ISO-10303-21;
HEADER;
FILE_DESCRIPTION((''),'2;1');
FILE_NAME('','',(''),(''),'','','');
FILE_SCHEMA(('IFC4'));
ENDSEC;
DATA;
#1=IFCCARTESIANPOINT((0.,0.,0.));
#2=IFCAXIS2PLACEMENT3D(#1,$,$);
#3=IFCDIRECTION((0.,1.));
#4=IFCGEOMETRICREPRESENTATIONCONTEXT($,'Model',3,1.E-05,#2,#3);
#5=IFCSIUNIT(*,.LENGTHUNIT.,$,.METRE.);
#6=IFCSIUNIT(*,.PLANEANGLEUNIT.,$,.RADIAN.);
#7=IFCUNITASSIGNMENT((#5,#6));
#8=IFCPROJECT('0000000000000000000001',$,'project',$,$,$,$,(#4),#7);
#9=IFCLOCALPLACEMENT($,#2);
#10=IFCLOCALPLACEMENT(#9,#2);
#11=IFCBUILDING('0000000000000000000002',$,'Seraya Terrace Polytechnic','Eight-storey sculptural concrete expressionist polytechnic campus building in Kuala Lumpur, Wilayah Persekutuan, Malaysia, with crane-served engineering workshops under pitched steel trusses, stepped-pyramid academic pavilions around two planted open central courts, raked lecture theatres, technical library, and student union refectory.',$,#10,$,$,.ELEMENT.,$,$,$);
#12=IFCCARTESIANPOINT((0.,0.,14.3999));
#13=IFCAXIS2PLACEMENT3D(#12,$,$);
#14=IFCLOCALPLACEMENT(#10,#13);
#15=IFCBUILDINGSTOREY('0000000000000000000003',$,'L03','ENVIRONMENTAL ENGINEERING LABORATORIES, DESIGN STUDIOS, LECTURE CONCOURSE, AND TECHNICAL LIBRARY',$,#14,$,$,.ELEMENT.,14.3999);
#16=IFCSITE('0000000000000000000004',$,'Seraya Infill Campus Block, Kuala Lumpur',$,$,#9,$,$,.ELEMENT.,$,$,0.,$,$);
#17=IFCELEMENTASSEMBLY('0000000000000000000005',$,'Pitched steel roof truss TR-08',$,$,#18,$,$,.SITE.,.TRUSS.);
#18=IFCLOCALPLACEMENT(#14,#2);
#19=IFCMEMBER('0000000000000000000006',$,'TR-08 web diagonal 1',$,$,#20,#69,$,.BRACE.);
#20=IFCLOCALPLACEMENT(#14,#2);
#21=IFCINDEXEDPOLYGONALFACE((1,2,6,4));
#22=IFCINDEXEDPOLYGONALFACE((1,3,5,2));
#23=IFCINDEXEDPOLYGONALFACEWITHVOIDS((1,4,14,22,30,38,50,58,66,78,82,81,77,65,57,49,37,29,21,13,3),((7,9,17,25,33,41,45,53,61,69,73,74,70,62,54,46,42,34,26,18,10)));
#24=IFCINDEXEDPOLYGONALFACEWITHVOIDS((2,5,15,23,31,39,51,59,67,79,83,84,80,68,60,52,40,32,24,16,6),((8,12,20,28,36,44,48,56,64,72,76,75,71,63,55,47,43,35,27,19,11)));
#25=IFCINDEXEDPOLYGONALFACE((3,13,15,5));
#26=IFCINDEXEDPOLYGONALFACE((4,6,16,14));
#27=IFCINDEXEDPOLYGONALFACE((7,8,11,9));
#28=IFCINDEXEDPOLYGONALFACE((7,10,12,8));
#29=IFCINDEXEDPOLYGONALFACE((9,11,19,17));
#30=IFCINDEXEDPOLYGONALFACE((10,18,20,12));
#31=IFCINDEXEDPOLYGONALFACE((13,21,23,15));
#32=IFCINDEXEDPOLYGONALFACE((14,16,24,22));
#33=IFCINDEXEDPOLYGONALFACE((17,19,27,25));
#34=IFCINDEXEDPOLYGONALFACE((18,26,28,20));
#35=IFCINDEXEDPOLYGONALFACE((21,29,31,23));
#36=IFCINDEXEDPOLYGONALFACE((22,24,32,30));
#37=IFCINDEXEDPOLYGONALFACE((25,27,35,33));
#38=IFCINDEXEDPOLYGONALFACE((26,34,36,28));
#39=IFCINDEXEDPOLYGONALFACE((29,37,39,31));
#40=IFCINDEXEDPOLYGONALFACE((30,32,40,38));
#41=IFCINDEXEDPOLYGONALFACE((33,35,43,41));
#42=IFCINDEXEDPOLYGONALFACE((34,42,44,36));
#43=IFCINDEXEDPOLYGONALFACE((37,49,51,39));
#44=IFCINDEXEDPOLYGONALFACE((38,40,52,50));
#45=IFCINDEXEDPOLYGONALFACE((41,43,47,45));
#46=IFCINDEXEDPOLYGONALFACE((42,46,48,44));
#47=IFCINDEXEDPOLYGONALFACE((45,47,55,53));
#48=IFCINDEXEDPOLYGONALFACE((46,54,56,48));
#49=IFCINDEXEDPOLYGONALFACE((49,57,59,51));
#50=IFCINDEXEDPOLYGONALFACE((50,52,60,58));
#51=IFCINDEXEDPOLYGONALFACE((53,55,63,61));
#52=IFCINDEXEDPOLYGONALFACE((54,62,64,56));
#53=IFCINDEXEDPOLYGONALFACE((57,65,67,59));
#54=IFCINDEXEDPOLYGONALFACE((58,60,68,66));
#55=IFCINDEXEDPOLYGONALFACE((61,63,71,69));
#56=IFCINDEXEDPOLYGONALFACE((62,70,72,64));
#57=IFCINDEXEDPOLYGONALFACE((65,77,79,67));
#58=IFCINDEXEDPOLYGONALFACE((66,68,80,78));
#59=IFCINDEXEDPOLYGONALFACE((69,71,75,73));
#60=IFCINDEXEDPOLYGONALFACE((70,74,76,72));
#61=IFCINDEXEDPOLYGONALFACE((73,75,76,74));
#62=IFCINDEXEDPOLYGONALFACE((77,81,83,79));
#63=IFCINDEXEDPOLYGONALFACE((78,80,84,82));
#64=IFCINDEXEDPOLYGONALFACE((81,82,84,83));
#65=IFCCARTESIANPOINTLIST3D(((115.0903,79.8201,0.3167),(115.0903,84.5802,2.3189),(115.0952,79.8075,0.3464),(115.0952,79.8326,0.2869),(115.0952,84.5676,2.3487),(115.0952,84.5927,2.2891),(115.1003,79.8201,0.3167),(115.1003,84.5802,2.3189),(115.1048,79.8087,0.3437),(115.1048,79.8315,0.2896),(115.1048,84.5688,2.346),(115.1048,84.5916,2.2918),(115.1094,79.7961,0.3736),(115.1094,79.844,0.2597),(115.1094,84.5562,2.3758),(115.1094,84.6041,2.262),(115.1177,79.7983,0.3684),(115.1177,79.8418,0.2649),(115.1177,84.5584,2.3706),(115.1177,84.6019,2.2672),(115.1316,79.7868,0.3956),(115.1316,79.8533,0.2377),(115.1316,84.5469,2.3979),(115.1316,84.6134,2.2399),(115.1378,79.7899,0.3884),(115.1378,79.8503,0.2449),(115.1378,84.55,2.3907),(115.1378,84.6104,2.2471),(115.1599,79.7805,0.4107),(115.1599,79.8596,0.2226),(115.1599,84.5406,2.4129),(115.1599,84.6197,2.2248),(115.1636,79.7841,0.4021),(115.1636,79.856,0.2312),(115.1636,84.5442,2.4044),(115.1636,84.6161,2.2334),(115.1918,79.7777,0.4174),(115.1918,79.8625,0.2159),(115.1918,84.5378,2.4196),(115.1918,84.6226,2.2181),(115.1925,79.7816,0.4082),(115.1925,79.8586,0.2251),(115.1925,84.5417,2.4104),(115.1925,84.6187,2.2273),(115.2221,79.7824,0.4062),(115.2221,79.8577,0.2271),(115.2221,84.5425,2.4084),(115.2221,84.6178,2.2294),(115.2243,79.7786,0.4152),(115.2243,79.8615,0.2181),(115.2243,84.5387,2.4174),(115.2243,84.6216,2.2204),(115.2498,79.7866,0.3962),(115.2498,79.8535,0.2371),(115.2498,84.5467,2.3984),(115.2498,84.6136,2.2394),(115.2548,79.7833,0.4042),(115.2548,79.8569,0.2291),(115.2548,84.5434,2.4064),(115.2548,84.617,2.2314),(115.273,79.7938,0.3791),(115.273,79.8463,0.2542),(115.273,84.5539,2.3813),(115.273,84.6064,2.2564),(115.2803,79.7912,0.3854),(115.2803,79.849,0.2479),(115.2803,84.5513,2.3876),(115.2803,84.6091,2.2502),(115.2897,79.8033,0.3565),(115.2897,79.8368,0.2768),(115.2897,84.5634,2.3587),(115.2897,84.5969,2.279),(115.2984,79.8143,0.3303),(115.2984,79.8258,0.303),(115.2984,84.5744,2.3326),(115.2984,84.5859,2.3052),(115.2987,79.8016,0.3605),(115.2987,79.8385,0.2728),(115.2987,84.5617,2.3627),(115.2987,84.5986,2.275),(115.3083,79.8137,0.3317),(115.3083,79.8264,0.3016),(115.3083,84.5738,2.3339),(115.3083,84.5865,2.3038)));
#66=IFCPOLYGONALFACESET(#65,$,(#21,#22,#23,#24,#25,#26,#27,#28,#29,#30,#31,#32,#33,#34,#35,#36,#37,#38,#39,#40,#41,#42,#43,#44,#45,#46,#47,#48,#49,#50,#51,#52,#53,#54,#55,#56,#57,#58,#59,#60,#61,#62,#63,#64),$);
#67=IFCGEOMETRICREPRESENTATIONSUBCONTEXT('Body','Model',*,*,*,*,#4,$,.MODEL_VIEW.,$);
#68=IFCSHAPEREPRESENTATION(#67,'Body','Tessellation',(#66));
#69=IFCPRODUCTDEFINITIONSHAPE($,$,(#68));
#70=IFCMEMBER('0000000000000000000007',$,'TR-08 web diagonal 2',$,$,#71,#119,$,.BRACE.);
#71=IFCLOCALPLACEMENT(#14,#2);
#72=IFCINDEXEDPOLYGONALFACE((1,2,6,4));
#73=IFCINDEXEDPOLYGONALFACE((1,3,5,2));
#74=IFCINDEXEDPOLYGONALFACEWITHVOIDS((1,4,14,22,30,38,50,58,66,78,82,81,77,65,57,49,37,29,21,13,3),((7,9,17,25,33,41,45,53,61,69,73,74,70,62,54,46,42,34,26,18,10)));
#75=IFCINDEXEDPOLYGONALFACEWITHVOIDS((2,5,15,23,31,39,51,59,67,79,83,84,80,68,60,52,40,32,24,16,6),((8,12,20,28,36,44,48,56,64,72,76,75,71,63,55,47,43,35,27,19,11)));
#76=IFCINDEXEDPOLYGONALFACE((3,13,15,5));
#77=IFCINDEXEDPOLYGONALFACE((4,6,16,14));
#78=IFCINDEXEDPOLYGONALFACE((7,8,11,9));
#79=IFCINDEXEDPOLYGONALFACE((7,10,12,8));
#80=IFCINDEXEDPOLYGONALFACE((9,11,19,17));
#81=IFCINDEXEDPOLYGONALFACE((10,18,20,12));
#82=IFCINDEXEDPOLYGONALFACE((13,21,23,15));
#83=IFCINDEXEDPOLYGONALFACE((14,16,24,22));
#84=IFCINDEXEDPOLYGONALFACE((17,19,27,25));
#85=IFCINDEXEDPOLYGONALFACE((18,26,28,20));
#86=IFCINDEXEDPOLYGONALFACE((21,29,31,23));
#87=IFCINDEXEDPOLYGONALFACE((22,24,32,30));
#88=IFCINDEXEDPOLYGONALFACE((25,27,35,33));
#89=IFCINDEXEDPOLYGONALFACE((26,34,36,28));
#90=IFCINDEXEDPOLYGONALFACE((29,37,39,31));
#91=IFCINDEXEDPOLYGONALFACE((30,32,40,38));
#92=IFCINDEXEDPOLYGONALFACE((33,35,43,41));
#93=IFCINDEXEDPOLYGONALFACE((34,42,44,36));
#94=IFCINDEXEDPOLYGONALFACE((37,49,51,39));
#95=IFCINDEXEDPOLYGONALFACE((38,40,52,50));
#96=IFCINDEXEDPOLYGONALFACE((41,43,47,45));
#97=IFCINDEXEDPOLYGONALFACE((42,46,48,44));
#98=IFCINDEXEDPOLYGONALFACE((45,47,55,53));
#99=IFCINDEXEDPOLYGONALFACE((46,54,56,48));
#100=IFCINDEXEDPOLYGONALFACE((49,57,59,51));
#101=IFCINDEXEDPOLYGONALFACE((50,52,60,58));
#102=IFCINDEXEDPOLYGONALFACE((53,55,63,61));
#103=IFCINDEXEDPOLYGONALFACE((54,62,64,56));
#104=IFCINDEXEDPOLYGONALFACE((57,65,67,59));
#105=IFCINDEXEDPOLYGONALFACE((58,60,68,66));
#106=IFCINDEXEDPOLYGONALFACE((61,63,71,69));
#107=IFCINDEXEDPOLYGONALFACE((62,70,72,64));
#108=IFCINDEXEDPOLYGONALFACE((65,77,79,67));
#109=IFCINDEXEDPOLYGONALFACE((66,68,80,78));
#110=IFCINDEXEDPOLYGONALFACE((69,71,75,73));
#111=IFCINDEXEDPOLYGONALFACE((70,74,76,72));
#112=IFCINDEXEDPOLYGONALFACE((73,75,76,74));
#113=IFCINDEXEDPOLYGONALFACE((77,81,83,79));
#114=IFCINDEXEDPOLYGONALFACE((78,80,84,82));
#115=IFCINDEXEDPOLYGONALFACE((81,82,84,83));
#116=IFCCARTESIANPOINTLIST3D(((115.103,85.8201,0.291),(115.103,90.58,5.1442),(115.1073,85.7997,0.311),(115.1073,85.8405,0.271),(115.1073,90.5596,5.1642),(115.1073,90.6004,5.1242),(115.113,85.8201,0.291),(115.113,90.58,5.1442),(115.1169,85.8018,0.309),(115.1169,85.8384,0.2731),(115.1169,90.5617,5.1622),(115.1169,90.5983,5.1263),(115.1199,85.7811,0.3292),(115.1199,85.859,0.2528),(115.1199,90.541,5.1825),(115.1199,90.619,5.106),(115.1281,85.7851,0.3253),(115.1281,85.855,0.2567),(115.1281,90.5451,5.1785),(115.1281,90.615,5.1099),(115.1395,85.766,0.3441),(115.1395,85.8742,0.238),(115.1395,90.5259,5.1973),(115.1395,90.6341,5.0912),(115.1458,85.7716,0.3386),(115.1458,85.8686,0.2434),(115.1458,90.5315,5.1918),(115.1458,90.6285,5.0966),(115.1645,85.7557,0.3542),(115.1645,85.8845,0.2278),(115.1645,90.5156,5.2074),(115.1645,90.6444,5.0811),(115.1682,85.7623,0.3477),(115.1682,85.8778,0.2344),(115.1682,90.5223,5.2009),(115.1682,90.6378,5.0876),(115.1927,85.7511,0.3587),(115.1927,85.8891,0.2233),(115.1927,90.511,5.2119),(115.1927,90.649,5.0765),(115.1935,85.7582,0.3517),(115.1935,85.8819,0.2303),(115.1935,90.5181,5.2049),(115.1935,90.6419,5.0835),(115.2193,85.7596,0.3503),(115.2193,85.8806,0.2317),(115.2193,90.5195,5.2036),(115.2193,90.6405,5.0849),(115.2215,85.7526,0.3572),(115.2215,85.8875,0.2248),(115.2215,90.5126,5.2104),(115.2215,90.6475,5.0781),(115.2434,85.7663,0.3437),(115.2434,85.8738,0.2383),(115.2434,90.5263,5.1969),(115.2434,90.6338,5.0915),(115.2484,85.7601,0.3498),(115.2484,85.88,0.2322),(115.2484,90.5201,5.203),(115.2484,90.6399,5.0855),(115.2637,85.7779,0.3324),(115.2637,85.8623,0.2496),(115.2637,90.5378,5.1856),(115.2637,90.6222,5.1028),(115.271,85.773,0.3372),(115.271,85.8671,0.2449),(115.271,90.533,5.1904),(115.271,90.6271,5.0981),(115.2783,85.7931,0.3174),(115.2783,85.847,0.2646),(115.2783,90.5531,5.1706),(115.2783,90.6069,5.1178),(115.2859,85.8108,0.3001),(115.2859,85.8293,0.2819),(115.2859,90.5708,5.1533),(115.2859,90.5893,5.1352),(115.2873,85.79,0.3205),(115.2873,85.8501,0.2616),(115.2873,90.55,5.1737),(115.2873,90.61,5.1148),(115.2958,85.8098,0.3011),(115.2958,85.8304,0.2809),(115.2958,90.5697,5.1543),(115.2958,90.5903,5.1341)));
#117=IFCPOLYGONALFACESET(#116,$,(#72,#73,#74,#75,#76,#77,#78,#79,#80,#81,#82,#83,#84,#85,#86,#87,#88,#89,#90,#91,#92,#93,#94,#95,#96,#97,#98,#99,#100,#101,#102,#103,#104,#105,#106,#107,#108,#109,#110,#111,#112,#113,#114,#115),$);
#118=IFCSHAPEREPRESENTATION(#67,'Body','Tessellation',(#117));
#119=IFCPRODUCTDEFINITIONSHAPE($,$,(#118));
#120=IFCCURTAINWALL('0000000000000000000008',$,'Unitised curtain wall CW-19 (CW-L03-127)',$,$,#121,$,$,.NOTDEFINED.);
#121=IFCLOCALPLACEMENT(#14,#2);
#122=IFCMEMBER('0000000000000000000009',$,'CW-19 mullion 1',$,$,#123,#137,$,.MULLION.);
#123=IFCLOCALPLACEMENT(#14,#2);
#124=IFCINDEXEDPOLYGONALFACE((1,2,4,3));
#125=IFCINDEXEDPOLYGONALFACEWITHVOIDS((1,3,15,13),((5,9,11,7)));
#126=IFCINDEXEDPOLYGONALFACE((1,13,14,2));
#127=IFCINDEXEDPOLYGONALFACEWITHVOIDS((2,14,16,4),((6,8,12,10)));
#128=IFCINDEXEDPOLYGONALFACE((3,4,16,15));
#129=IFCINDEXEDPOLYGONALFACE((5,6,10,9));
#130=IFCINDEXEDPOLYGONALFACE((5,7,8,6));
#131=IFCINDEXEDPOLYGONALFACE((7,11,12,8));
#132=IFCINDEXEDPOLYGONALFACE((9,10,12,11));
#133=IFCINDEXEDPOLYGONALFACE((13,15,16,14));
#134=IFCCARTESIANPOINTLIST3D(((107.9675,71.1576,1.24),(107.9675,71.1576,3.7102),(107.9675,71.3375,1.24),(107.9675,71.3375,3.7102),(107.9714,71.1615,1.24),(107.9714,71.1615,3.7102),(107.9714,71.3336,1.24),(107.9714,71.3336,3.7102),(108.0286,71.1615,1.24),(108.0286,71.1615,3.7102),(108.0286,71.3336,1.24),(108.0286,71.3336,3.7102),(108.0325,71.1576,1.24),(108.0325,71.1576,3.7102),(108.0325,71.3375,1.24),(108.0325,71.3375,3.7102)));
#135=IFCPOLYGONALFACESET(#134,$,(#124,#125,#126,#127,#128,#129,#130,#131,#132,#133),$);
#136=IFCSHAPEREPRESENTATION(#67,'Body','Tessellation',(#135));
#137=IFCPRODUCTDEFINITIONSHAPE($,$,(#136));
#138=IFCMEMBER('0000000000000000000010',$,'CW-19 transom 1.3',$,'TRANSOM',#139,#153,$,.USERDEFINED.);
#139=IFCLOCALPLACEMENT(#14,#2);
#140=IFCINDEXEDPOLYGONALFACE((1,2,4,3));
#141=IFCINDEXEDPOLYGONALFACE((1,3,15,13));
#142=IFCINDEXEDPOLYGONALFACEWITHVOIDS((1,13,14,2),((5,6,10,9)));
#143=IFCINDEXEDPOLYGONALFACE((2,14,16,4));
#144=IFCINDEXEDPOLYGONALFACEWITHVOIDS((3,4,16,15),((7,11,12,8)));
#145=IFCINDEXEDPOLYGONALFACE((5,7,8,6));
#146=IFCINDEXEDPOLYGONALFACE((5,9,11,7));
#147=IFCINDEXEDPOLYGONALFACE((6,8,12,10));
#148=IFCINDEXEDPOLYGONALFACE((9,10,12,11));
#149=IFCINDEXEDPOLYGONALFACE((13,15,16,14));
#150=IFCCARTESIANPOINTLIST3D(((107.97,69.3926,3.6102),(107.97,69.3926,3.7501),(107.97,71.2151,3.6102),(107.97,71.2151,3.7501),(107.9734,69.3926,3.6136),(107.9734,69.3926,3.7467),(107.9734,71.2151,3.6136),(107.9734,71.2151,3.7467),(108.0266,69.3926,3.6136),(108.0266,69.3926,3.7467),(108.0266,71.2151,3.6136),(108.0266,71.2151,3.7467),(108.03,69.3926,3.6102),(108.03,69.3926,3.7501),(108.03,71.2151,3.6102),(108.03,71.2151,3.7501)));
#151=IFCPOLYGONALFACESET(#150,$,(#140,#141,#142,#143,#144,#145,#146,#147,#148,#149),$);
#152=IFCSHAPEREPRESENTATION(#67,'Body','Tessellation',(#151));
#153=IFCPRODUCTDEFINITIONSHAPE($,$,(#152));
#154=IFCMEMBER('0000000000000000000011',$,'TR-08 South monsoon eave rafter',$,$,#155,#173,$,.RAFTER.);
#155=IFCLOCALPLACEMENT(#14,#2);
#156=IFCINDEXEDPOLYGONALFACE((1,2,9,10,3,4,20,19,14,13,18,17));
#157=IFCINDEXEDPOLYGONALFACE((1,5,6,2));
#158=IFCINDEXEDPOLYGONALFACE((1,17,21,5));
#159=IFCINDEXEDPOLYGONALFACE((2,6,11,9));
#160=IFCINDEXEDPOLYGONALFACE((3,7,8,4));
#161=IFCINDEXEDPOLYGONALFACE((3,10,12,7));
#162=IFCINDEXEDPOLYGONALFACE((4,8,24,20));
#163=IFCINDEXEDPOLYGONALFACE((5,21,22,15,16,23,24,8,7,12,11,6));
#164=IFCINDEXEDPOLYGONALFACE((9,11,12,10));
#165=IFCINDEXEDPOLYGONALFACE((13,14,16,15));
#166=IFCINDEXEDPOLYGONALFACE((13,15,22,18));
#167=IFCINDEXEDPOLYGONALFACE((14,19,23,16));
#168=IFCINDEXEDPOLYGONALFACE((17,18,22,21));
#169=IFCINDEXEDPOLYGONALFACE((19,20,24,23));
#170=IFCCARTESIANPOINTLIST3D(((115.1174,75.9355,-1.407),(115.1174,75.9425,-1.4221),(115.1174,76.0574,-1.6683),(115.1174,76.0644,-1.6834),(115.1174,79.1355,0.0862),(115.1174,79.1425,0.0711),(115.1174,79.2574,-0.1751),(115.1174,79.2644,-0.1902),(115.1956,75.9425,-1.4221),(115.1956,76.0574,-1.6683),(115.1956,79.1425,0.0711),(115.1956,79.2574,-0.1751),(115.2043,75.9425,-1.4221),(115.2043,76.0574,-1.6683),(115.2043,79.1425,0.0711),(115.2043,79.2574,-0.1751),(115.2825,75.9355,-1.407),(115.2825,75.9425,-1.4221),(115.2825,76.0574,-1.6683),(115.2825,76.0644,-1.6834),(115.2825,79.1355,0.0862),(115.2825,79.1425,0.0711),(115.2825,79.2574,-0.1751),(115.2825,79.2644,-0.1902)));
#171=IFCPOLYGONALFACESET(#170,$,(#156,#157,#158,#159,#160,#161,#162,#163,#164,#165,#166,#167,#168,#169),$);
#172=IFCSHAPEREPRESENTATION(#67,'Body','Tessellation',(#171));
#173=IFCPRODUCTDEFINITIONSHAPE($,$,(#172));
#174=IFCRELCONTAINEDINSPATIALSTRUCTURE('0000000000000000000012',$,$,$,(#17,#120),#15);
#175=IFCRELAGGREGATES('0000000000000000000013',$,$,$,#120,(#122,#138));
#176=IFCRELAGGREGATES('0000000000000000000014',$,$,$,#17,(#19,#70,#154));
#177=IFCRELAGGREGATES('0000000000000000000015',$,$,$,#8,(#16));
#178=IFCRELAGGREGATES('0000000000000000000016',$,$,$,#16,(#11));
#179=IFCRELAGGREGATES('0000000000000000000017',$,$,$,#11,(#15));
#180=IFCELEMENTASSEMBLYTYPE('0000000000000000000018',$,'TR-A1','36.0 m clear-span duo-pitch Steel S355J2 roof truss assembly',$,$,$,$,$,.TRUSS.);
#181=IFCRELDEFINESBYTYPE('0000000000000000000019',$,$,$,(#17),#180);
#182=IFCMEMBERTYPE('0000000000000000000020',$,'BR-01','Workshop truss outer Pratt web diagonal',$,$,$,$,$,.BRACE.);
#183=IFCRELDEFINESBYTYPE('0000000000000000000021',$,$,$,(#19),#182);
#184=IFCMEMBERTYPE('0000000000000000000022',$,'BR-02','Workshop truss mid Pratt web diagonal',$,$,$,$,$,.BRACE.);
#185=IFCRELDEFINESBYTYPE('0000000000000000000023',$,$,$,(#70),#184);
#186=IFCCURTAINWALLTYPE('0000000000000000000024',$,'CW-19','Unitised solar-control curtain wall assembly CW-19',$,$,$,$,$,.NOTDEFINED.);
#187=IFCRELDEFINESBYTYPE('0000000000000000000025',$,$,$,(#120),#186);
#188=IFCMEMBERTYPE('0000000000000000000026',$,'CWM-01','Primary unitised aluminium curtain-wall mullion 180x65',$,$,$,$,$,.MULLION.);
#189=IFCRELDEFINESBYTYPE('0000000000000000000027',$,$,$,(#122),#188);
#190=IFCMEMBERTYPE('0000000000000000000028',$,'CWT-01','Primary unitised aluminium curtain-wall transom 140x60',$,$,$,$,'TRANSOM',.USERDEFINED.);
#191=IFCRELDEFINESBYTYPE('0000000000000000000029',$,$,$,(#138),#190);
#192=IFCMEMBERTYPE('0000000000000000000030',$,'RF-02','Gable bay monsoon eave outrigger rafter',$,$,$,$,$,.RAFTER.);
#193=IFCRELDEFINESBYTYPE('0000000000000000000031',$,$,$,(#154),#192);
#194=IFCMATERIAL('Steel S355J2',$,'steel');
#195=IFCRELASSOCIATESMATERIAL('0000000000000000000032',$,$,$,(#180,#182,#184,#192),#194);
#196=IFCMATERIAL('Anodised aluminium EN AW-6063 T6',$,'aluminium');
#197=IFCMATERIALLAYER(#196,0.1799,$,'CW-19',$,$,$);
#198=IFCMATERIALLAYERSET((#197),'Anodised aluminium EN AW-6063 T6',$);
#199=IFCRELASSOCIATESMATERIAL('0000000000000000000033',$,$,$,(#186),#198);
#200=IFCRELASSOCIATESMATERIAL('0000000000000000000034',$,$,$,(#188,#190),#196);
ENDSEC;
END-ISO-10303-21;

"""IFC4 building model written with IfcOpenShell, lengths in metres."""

from ifc_helpers import new_model, si_unit, direction, frame, origin, origin_2d, place, context, subcontext, project, spatial, hollow_rectangle, hollow_circle, i_section, extrude, material, layer, layer_set, material_profile, profile_set, type_object, element, aggregate, save


model = new_model("IFC4")

# Units and contexts
model_context = context("Model", 3, precision=1e-05, world=origin(), true_north=direction((0.0, 1.0)))
body_context = subcontext(model_context, "Body", "Model", "MODEL_VIEW")
ifc_project = project(units=[si_unit("LENGTHUNIT", "METRE"), si_unit("PLANEANGLEUNIT", "RADIAN")], contexts=[model_context])

# Site, building, storey
site_placement = place(None, origin())
site = spatial("IfcSite", under=ifc_project, at=site_placement, Name="Seraya Infill Campus Block, Kuala Lumpur", CompositionType="ELEMENT", RefElevation=0.0)
building_placement = place(site_placement, origin())
building = spatial("IfcBuilding", under=site, at=building_placement, Name="Seraya Terrace Polytechnic", Description="Eight-storey sculptural concrete expressionist polytechnic campus building in Kuala Lumpur, Wilayah Persekutuan, Malaysia, with crane-served engineering workshops under pitched steel trusses, stepped-pyramid academic pavilions around two planted open central courts, raked lecture theatres, technical library, and student union refectory.", CompositionType="ELEMENT")
storey_placement = place(building_placement, frame((0.0, 0.0, 14.3999)))
storey = spatial("IfcBuildingStorey", under=building, at=storey_placement, Name="L03", Description="ENVIRONMENTAL ENGINEERING LABORATORIES, DESIGN STUDIOS, LECTURE CONCOURSE, AND TECHNICAL LIBRARY", CompositionType="ELEMENT", Elevation=14.3999)

# Element assembly
ifc_material_1 = material(Name="Steel S355J2", Category="steel")
element_assembly_type = type_object("IfcElementAssemblyType", Name="TR-A1", Description="36.0 m clear-span duo-pitch Steel S355J2 roof truss assembly", PredefinedType="TRUSS", material=ifc_material_1)
assembly_placement = place(storey_placement, origin())
assembly = element("IfcElementAssembly", 1, at=assembly_placement, inside=storey, type_object=element_assembly_type, Name="Pitched steel roof truss TR-08", AssemblyPlace="SITE", PredefinedType="TRUSS")

# Members
ifc_material_profile_1 = material_profile(ifc_material_1, hollow_circle(Radius=0.1096, WallThickness=0.01, at=origin_2d()), Name="CHS 219.1x10.0")
ifc_profile_set_1 = profile_set([ifc_material_profile_1], Name="Steel S355J2")
member_type_1 = type_object("IfcMemberType", Name="BR-01", Description="Workshop truss outer Pratt web diagonal", PredefinedType="BRACE", material=ifc_profile_set_1)
member_1_placement = place(storey_placement, frame((115.2, 79.8201, 0.3167), z_axis=(0.0, 0.921775, 0.387725), x_axis=(-1.0, 0.0, 0.0)))
member_1 = element("IfcMember", 2, at=member_1_placement, type_object=member_type_1, Name="TR-08 web diagonal 1", PredefinedType="BRACE", context=body_context, shape_type="SweptSolid", body=[
    extrude(hollow_circle(Radius=0.1096, WallThickness=0.01, at=origin_2d()), origin(), (0.0, 0.0, 1.0), 5.1641),
])
ifc_material_profile_2 = material_profile(ifc_material_1, hollow_circle(Radius=0.0969, WallThickness=0.01, at=origin_2d()), Name="CHS 193.7x10.0")
ifc_profile_set_2 = profile_set([ifc_material_profile_2], Name="Steel S355J2")
member_type_2 = type_object("IfcMemberType", Name="BR-02", Description="Workshop truss mid Pratt web diagonal", PredefinedType="BRACE", material=ifc_profile_set_2)
member_2_placement = place(storey_placement, frame((115.2, 85.8201, 0.291), z_axis=(0.0, 0.700214, 0.713933), x_axis=(-1.0, 0.0, 0.0)))
member_2 = element("IfcMember", 3, at=member_2_placement, type_object=member_type_2, Name="TR-08 web diagonal 2", PredefinedType="BRACE", context=body_context, shape_type="SweptSolid", body=[
    extrude(hollow_circle(Radius=0.0969, WallThickness=0.01, at=origin_2d()), origin(), (0.0, 0.0, 1.0), 6.7979),
])

# Curtain wall, members
ifc_material_2 = material(Name="Anodised aluminium EN AW-6063 T6", Category="aluminium")
ifc_layer_1 = layer(ifc_material_2, 0.1799, Name="CW-19")
ifc_layer_set_1 = layer_set([ifc_layer_1], Name="Anodised aluminium EN AW-6063 T6")
curtain_wall_type = type_object("IfcCurtainWallType", Name="CW-19", Description="Unitised solar-control curtain wall assembly CW-19", PredefinedType="NOTDEFINED", material=ifc_layer_set_1)
curtain_wall_placement = place(storey_placement, origin())
curtain_wall = element("IfcCurtainWall", 4, at=curtain_wall_placement, inside=storey, type_object=curtain_wall_type, Name="Unitised curtain wall CW-19 (CW-L03-127)", PredefinedType="NOTDEFINED")
ifc_material_profile_3 = material_profile(ifc_material_2, hollow_rectangle(XDim=0.0649, YDim=0.1799, WallThickness=0.0039, at=origin_2d()), Name="RHS 180x65x4.0")
ifc_profile_set_3 = profile_set([ifc_material_profile_3], Name="Anodised aluminium EN AW-6063 T6")
member_type_3 = type_object("IfcMemberType", Name="CWM-01", Description="Primary unitised aluminium curtain-wall mullion 180x65", PredefinedType="MULLION", material=ifc_profile_set_3)
member_3_placement = place(storey_placement, frame((108.0, 71.2476, 1.24), z_axis=(0.0, 0.0, 1.0), x_axis=(1.0, 0.0, 0.0)))
member_3 = element("IfcMember", 5, at=member_3_placement, type_object=member_type_3, Name="CW-19 mullion 1", PredefinedType="MULLION", context=body_context, shape_type="SweptSolid", body=[
    extrude(hollow_rectangle(XDim=0.0649, YDim=0.1799, WallThickness=0.0039, at=origin_2d()), origin(), (0.0, 0.0, 1.0), 2.4702),
])
ifc_material_profile_4 = material_profile(ifc_material_2, hollow_rectangle(XDim=0.0601, YDim=0.1399, WallThickness=0.0034, at=origin_2d()), Name="RHS 140x60x3.5")
ifc_profile_set_4 = profile_set([ifc_material_profile_4], Name="Anodised aluminium EN AW-6063 T6")
member_type_4 = type_object("IfcMemberType", Name="CWT-01", Description="Primary unitised aluminium curtain-wall transom 140x60", ElementType="TRANSOM", PredefinedType="USERDEFINED", material=ifc_profile_set_4)
member_4_placement = place(storey_placement, frame((108.0, 71.2151, 3.6802), z_axis=(0.0, -1.0, 0.0), x_axis=(1.0, 0.0, 0.0)))
member_4 = element("IfcMember", 6, at=member_4_placement, type_object=member_type_4, Name="CW-19 transom 1.3", ObjectType="TRANSOM", PredefinedType="USERDEFINED", context=body_context, shape_type="SweptSolid", body=[
    extrude(hollow_rectangle(XDim=0.0601, YDim=0.1399, WallThickness=0.0034, at=origin_2d()), origin(), (0.0, 0.0, 1.0), 1.8225),
])
aggregate(curtain_wall, [member_3, member_4])

# Member
ifc_material_profile_5 = material_profile(ifc_material_1, i_section(OverallWidth=0.165, OverallDepth=0.3049, WebThickness=0.0088, FlangeThickness=0.0166, at=origin_2d()), Name="UKB 305x165x8.9x16.7")
ifc_profile_set_5 = profile_set([ifc_material_profile_5], Name="Steel S355J2")
member_type_5 = type_object("IfcMemberType", Name="RF-02", Description="Gable bay monsoon eave outrigger rafter", PredefinedType="RAFTER", material=ifc_profile_set_5)
member_5_placement = place(storey_placement, frame((115.2, 79.2, -0.052), z_axis=(0.0, -0.906199, -0.422851), x_axis=(1.0, 0.0, 0.0)))
member_5 = element("IfcMember", 7, at=member_5_placement, type_object=member_type_5, Name="TR-08 South monsoon eave rafter", PredefinedType="RAFTER", context=body_context, shape_type="SweptSolid", body=[
    extrude(i_section(OverallWidth=0.165, OverallDepth=0.3049, WebThickness=0.0088, FlangeThickness=0.0166, at=origin_2d()), origin(), (0.0, 0.0, 1.0), 3.5312),
])

aggregate(assembly, [member_1, member_2, member_5])

save(model, "model.ifc")
